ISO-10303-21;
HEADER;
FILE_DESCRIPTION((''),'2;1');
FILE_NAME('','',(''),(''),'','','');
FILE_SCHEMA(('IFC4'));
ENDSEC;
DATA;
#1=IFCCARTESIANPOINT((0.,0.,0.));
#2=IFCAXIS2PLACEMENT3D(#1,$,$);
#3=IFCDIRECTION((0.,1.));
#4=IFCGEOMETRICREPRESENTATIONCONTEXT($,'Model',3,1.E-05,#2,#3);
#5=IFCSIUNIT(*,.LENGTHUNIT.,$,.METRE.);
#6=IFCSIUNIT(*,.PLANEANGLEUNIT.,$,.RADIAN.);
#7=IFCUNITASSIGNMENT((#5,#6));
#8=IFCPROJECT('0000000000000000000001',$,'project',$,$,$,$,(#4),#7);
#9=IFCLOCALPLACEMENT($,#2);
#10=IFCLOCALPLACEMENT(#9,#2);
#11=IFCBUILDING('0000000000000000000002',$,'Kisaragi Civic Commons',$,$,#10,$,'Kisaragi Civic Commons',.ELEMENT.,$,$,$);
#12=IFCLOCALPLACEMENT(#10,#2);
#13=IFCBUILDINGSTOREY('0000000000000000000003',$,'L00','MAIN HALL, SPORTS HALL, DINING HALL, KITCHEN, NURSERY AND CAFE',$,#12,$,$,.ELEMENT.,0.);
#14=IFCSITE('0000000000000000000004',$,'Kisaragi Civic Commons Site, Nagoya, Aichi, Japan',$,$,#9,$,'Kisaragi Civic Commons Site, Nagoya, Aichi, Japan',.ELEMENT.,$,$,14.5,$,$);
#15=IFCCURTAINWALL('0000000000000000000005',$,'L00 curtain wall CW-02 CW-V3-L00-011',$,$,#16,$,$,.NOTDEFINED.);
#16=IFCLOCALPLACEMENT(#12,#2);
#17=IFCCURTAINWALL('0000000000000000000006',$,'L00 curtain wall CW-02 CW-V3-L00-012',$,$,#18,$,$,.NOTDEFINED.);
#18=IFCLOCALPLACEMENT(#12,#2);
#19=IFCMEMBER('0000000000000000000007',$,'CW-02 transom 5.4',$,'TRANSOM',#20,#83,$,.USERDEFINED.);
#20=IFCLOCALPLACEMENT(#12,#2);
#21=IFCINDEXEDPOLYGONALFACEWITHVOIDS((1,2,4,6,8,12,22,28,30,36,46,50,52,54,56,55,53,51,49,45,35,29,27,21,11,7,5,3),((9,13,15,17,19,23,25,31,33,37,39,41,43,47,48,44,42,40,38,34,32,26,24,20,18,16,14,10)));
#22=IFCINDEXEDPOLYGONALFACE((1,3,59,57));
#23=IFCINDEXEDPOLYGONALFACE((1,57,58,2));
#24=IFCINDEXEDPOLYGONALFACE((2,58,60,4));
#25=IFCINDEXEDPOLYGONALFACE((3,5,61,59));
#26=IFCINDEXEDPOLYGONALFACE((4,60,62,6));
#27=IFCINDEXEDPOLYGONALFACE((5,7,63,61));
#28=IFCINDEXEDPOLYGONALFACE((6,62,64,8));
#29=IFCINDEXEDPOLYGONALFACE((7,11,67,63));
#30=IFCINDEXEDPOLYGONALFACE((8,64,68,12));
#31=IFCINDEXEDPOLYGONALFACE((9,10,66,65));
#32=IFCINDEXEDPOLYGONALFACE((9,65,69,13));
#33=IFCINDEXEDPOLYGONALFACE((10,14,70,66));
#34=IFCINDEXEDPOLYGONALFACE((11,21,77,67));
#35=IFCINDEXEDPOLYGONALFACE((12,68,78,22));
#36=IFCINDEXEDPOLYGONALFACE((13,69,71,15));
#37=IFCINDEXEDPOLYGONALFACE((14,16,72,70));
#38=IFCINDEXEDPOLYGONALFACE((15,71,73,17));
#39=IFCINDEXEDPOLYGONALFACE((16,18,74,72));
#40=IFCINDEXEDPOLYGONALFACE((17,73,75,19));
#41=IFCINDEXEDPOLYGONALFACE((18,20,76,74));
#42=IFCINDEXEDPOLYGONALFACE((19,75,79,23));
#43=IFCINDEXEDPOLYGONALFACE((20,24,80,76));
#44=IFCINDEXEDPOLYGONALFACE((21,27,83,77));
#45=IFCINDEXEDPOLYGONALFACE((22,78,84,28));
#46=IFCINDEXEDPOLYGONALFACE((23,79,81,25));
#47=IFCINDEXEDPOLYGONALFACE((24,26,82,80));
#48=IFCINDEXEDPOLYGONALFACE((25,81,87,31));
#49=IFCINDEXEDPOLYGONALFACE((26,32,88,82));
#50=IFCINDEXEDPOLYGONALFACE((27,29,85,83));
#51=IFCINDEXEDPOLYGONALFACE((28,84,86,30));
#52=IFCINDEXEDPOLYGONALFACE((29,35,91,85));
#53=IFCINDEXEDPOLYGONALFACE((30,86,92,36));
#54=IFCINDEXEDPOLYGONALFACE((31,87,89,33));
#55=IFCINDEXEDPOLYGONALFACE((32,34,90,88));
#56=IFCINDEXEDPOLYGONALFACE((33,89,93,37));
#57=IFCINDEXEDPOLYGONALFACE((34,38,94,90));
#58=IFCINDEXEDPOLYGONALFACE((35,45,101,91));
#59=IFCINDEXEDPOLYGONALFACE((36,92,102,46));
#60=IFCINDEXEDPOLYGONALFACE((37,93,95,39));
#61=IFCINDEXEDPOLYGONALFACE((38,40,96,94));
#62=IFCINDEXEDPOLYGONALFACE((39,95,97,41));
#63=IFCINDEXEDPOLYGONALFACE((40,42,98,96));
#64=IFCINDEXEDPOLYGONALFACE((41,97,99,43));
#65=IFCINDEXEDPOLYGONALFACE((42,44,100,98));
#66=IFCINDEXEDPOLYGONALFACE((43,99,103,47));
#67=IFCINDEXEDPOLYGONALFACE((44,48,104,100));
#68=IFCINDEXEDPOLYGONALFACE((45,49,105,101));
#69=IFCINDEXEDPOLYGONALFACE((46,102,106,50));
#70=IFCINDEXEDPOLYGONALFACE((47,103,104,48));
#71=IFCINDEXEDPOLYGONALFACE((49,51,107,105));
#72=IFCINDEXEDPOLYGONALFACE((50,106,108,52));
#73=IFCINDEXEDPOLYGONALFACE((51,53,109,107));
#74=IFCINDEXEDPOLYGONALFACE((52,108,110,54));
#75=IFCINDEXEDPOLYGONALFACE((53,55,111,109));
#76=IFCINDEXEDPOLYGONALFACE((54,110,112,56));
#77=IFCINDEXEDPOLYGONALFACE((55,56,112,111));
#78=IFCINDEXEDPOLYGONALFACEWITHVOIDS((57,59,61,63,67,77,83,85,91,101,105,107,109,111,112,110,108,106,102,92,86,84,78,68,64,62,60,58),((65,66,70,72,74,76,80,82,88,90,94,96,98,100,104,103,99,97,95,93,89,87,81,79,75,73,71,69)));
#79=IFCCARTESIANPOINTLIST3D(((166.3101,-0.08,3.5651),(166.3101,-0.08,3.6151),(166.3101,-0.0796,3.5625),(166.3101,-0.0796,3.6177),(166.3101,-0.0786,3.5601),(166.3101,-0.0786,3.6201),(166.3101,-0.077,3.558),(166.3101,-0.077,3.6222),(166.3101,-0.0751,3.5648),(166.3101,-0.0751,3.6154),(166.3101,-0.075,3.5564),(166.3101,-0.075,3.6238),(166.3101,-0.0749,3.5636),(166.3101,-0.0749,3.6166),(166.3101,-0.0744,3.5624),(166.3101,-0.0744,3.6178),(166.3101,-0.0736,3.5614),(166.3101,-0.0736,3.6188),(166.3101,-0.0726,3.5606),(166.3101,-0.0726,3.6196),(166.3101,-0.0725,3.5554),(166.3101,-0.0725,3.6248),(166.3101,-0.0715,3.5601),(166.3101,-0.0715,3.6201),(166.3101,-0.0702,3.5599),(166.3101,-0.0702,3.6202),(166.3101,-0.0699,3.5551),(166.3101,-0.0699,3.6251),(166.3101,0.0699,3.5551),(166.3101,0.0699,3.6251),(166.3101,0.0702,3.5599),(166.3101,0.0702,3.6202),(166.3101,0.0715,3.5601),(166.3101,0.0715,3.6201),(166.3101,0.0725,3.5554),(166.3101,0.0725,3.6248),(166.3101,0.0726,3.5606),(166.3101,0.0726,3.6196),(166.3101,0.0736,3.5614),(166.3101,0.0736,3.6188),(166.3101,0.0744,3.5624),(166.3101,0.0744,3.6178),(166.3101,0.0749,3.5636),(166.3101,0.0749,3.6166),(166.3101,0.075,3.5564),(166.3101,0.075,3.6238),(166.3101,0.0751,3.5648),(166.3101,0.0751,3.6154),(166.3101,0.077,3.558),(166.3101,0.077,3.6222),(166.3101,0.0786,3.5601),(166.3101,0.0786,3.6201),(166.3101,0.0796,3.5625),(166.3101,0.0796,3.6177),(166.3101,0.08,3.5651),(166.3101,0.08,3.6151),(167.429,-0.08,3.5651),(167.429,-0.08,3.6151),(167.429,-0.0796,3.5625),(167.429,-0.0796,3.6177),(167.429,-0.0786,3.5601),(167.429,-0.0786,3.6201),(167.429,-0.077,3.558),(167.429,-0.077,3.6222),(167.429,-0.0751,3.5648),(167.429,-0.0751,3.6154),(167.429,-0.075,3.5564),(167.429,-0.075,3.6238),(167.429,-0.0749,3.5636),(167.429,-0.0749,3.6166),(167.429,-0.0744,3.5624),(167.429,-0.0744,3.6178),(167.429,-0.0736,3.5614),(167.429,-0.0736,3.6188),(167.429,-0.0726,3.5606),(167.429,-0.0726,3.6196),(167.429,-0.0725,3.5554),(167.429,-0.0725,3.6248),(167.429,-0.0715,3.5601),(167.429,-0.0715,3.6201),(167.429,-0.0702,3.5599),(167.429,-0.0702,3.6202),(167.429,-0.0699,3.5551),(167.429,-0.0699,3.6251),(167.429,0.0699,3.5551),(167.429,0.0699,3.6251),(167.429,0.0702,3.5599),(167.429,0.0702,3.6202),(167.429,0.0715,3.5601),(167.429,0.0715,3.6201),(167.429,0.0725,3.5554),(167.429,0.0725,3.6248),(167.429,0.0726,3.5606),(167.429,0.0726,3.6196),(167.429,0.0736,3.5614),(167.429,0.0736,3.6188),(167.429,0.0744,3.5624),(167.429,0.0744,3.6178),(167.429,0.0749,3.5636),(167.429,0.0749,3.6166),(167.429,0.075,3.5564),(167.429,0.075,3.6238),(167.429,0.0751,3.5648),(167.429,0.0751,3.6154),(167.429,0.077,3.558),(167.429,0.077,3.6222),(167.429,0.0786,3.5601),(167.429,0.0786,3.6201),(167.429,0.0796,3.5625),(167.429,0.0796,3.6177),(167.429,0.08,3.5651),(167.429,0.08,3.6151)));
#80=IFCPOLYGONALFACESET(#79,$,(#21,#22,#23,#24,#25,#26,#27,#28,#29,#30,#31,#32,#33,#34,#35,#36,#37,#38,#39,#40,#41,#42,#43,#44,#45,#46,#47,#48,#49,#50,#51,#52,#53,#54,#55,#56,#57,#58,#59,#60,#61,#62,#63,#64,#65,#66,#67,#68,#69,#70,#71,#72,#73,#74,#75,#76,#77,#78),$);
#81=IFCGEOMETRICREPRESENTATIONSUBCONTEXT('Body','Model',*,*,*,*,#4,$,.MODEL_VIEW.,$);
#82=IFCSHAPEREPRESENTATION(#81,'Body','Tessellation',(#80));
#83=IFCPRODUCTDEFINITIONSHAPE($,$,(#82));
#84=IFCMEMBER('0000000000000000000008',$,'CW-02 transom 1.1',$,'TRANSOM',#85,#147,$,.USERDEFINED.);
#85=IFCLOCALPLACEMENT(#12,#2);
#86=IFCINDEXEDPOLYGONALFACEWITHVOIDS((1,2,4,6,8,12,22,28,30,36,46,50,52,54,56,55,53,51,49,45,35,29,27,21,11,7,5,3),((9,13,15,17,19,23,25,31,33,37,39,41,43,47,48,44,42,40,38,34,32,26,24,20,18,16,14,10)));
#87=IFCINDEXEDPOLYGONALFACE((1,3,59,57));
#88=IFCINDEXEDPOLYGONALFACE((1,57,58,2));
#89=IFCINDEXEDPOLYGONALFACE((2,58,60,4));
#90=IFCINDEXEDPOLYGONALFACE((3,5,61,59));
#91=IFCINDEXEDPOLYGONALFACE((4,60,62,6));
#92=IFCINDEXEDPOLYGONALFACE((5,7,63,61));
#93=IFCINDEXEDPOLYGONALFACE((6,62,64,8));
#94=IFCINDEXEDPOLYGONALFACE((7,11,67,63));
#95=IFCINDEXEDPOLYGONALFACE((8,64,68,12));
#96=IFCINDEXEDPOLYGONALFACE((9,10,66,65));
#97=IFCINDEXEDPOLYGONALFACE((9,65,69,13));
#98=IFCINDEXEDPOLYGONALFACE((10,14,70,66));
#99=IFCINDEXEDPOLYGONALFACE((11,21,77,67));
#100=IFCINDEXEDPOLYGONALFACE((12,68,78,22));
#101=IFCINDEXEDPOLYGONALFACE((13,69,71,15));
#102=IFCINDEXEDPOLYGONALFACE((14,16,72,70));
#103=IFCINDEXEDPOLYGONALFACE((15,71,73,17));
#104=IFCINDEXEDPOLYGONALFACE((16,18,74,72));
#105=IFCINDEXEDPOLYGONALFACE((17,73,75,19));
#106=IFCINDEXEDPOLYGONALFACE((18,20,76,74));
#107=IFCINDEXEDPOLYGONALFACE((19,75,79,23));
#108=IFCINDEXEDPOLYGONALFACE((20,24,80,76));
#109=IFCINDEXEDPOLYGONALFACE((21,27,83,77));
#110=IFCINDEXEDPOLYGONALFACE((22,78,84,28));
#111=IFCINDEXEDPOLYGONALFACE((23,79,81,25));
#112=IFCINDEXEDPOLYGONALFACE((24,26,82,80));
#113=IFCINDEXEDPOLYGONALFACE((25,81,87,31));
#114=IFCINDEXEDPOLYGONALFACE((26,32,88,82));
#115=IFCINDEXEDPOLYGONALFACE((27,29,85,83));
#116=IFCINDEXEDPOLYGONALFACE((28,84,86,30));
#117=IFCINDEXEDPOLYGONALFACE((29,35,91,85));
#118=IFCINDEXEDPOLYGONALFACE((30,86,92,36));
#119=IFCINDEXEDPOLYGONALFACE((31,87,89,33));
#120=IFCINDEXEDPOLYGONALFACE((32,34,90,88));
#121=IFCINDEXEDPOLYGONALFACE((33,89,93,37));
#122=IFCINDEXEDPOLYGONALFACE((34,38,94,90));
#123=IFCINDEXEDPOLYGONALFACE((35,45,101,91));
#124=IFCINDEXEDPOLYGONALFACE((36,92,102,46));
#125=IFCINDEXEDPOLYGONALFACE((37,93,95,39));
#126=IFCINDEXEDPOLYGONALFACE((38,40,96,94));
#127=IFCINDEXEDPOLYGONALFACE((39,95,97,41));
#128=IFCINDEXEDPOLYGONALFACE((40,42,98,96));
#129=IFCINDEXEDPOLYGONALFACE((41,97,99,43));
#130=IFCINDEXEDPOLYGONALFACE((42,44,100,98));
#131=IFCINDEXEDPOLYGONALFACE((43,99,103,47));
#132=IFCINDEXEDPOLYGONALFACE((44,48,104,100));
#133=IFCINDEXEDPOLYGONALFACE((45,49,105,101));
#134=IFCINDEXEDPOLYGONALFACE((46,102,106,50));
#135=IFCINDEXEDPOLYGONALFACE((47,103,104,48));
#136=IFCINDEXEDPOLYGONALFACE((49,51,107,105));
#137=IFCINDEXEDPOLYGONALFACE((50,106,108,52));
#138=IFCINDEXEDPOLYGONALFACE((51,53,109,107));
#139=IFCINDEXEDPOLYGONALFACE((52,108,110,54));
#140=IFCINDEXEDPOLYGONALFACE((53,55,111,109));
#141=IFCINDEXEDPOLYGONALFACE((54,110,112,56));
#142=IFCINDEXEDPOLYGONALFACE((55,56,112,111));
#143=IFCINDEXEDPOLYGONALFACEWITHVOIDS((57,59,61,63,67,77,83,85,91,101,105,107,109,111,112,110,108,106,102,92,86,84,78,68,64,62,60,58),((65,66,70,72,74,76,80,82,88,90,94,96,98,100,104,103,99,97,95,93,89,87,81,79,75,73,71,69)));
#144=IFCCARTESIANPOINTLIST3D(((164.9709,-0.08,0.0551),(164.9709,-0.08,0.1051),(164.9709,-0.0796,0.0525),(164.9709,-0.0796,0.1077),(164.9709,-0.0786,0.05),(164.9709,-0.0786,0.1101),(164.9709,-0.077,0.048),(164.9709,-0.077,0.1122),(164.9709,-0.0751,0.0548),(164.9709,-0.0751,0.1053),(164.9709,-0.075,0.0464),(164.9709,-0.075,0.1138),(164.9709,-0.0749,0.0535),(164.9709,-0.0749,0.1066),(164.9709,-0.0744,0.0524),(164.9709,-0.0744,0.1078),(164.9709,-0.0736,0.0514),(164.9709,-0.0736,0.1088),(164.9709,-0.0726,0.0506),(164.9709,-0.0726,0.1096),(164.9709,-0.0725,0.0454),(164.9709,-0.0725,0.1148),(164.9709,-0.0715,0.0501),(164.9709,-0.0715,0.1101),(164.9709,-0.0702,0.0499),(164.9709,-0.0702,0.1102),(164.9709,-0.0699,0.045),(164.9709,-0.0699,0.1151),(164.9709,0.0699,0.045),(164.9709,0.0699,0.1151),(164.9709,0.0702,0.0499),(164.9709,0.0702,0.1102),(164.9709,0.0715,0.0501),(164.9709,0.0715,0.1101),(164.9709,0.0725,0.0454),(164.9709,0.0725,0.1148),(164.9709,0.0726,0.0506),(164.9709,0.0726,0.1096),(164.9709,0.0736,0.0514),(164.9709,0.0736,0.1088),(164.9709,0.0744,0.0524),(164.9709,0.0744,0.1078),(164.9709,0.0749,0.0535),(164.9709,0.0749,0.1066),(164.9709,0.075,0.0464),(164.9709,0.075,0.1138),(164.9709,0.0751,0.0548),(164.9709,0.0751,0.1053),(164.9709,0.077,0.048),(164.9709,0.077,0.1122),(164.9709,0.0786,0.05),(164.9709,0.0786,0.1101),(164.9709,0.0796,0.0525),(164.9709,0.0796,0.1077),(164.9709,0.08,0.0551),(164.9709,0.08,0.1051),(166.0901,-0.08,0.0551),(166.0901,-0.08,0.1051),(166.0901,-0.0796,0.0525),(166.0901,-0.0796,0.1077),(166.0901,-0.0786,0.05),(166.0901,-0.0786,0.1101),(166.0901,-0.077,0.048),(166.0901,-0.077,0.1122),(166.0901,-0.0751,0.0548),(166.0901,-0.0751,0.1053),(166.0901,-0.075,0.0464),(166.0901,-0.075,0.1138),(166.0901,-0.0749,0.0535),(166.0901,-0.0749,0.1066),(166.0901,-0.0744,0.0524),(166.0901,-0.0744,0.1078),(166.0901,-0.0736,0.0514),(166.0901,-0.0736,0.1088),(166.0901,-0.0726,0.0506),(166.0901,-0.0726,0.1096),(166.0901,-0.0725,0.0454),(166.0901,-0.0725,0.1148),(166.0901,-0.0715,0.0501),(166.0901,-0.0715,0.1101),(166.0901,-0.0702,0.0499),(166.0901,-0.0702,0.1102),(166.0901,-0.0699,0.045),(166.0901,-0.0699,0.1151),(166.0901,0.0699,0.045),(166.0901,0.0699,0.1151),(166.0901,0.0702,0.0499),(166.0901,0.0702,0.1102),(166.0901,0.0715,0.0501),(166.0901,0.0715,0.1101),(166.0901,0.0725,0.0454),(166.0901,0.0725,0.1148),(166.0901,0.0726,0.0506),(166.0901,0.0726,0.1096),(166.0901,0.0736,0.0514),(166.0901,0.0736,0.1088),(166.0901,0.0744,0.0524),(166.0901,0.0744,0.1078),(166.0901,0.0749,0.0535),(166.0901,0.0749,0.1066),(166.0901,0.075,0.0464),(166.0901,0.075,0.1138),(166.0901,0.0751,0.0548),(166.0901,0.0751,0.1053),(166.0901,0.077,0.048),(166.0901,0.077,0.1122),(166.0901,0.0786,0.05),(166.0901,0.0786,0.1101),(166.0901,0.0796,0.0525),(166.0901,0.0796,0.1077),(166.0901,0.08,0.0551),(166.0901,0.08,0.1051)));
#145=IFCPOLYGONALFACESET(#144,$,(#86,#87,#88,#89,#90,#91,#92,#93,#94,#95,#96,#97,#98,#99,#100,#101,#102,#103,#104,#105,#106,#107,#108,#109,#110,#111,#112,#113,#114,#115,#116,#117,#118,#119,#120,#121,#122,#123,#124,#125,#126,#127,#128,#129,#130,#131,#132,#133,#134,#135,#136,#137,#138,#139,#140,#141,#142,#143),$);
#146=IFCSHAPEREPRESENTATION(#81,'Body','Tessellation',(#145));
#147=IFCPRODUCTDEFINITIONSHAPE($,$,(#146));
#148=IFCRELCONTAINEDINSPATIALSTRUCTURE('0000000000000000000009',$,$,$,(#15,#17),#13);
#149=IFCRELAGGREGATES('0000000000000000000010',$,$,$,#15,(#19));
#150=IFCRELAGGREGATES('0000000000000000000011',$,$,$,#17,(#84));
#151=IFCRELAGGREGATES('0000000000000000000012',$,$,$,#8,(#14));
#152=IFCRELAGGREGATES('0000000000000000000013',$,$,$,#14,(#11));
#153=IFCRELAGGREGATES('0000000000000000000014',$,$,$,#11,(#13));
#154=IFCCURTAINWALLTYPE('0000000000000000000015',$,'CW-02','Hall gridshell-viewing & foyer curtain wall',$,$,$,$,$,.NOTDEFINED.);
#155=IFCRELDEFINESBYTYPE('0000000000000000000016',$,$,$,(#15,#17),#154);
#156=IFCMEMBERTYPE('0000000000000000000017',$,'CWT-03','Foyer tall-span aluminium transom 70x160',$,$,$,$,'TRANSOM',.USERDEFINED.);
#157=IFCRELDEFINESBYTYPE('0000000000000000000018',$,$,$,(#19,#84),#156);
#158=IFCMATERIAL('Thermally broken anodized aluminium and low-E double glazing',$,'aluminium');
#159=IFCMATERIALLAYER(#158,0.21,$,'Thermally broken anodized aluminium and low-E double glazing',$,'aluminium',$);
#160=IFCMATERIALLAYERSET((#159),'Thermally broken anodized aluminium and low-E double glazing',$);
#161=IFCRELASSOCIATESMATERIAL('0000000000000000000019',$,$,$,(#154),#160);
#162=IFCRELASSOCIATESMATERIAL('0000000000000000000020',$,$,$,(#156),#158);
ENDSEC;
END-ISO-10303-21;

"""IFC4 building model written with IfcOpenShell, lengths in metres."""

from ifc_helpers import new_model, si_unit, direction, frame, origin, origin_2d, place, context, subcontext, project, spatial, hollow_rectangle, extrude, material, layer, layer_set, material_profile, profile_set, type_object, element, aggregate, save


model = new_model("IFC4")

# Units and contexts
model_context = context("Model", 3, precision=1e-05, world=origin(), true_north=direction((0.0, 1.0)))
body_context = subcontext(model_context, "Body", "Model", "MODEL_VIEW")
ifc_project = project(units=[si_unit("LENGTHUNIT", "METRE"), si_unit("PLANEANGLEUNIT", "RADIAN")], contexts=[model_context])

# Site, building, storey
site_placement = place(None, origin())
site = spatial("IfcSite", under=ifc_project, at=site_placement, Name="Kisaragi Civic Commons Site, Nagoya, Aichi, Japan", LongName="Kisaragi Civic Commons Site, Nagoya, Aichi, Japan", CompositionType="ELEMENT", RefElevation=14.5)
building_placement = place(site_placement, origin())
building = spatial("IfcBuilding", under=site, at=building_placement, Name="Kisaragi Civic Commons", LongName="Kisaragi Civic Commons", CompositionType="ELEMENT")
storey_placement = place(building_placement, origin())
storey = spatial("IfcBuildingStorey", under=building, at=storey_placement, Name="L00", Description="MAIN HALL, SPORTS HALL, DINING HALL, KITCHEN, NURSERY AND CAFE", CompositionType="ELEMENT", Elevation=0.0)

# Curtain walls
ifc_material = material(Name="Thermally broken anodized aluminium and low-E double glazing", Category="aluminium")
ifc_layer_1 = layer(ifc_material, 0.21, Name="Thermally broken anodized aluminium and low-E double glazing", Category="aluminium")
ifc_layer_set_1 = layer_set([ifc_layer_1], Name="Thermally broken anodized aluminium and low-E double glazing")
curtain_wall_type = type_object("IfcCurtainWallType", Name="CW-02", Description="Hall gridshell-viewing & foyer curtain wall", PredefinedType="NOTDEFINED", material=ifc_layer_set_1)
curtain_wall_1_placement = place(storey_placement, origin())
curtain_wall_1 = element("IfcCurtainWall", 1, at=curtain_wall_1_placement, inside=storey, type_object=curtain_wall_type, Name="L00 curtain wall CW-02 CW-V3-L00-011", PredefinedType="NOTDEFINED")
curtain_wall_2_placement = place(storey_placement, origin())
curtain_wall_2 = element("IfcCurtainWall", 2, at=curtain_wall_2_placement, inside=storey, type_object=curtain_wall_type, Name="L00 curtain wall CW-02 CW-V3-L00-012", PredefinedType="NOTDEFINED")

# Members
ifc_material_profile_1 = material_profile(ifc_material, hollow_rectangle(XDim=0.1599, YDim=0.0701, WallThickness=0.0049, InnerFilletRadius=0.0049, OuterFilletRadius=0.01, at=origin_2d()), Name="CWT-70x160x5", Category="aluminium")
ifc_profile_set_1 = profile_set([ifc_material_profile_1], Name="Thermally broken anodized aluminium and low-E double glazing")
member_type_1 = type_object("IfcMemberType", Name="CWT-03", Description="Foyer tall-span aluminium transom 70x160", ElementType="TRANSOM", PredefinedType="USERDEFINED", material=ifc_profile_set_1)
member_1_placement = place(storey_placement, frame((167.429, 0.0, 3.5901), z_axis=(-1.0, 0.0, 0.0), x_axis=(0.0, -1.0, 0.0)))
member_1 = element("IfcMember", 3, at=member_1_placement, type_object=member_type_1, Name="CW-02 transom 5.4", ObjectType="TRANSOM", PredefinedType="USERDEFINED", context=body_context, shape_type="SweptSolid", body=[
    extrude(hollow_rectangle(XDim=0.1599, YDim=0.0701, WallThickness=0.0049, InnerFilletRadius=0.0049, OuterFilletRadius=0.01, at=origin_2d()), origin(), (0.0, 0.0, 1.0), 1.1189),
])
member_2_placement = place(storey_placement, frame((166.0901, 0.0, 0.0801), z_axis=(-1.0, 0.0, 0.0), x_axis=(0.0, -1.0, 0.0)))
member_2 = element("IfcMember", 4, at=member_2_placement, type_object=member_type_1, Name="CW-02 transom 1.1", ObjectType="TRANSOM", PredefinedType="USERDEFINED", context=body_context, shape_type="SweptSolid", body=[
    extrude(hollow_rectangle(XDim=0.1599, YDim=0.0701, WallThickness=0.0049, InnerFilletRadius=0.0049, OuterFilletRadius=0.01, at=origin_2d()), origin(), (0.0, 0.0, 1.0), 1.1191),
])

aggregate(curtain_wall_1, [member_1])
aggregate(curtain_wall_2, [member_2])

save(model, "model.ifc")
